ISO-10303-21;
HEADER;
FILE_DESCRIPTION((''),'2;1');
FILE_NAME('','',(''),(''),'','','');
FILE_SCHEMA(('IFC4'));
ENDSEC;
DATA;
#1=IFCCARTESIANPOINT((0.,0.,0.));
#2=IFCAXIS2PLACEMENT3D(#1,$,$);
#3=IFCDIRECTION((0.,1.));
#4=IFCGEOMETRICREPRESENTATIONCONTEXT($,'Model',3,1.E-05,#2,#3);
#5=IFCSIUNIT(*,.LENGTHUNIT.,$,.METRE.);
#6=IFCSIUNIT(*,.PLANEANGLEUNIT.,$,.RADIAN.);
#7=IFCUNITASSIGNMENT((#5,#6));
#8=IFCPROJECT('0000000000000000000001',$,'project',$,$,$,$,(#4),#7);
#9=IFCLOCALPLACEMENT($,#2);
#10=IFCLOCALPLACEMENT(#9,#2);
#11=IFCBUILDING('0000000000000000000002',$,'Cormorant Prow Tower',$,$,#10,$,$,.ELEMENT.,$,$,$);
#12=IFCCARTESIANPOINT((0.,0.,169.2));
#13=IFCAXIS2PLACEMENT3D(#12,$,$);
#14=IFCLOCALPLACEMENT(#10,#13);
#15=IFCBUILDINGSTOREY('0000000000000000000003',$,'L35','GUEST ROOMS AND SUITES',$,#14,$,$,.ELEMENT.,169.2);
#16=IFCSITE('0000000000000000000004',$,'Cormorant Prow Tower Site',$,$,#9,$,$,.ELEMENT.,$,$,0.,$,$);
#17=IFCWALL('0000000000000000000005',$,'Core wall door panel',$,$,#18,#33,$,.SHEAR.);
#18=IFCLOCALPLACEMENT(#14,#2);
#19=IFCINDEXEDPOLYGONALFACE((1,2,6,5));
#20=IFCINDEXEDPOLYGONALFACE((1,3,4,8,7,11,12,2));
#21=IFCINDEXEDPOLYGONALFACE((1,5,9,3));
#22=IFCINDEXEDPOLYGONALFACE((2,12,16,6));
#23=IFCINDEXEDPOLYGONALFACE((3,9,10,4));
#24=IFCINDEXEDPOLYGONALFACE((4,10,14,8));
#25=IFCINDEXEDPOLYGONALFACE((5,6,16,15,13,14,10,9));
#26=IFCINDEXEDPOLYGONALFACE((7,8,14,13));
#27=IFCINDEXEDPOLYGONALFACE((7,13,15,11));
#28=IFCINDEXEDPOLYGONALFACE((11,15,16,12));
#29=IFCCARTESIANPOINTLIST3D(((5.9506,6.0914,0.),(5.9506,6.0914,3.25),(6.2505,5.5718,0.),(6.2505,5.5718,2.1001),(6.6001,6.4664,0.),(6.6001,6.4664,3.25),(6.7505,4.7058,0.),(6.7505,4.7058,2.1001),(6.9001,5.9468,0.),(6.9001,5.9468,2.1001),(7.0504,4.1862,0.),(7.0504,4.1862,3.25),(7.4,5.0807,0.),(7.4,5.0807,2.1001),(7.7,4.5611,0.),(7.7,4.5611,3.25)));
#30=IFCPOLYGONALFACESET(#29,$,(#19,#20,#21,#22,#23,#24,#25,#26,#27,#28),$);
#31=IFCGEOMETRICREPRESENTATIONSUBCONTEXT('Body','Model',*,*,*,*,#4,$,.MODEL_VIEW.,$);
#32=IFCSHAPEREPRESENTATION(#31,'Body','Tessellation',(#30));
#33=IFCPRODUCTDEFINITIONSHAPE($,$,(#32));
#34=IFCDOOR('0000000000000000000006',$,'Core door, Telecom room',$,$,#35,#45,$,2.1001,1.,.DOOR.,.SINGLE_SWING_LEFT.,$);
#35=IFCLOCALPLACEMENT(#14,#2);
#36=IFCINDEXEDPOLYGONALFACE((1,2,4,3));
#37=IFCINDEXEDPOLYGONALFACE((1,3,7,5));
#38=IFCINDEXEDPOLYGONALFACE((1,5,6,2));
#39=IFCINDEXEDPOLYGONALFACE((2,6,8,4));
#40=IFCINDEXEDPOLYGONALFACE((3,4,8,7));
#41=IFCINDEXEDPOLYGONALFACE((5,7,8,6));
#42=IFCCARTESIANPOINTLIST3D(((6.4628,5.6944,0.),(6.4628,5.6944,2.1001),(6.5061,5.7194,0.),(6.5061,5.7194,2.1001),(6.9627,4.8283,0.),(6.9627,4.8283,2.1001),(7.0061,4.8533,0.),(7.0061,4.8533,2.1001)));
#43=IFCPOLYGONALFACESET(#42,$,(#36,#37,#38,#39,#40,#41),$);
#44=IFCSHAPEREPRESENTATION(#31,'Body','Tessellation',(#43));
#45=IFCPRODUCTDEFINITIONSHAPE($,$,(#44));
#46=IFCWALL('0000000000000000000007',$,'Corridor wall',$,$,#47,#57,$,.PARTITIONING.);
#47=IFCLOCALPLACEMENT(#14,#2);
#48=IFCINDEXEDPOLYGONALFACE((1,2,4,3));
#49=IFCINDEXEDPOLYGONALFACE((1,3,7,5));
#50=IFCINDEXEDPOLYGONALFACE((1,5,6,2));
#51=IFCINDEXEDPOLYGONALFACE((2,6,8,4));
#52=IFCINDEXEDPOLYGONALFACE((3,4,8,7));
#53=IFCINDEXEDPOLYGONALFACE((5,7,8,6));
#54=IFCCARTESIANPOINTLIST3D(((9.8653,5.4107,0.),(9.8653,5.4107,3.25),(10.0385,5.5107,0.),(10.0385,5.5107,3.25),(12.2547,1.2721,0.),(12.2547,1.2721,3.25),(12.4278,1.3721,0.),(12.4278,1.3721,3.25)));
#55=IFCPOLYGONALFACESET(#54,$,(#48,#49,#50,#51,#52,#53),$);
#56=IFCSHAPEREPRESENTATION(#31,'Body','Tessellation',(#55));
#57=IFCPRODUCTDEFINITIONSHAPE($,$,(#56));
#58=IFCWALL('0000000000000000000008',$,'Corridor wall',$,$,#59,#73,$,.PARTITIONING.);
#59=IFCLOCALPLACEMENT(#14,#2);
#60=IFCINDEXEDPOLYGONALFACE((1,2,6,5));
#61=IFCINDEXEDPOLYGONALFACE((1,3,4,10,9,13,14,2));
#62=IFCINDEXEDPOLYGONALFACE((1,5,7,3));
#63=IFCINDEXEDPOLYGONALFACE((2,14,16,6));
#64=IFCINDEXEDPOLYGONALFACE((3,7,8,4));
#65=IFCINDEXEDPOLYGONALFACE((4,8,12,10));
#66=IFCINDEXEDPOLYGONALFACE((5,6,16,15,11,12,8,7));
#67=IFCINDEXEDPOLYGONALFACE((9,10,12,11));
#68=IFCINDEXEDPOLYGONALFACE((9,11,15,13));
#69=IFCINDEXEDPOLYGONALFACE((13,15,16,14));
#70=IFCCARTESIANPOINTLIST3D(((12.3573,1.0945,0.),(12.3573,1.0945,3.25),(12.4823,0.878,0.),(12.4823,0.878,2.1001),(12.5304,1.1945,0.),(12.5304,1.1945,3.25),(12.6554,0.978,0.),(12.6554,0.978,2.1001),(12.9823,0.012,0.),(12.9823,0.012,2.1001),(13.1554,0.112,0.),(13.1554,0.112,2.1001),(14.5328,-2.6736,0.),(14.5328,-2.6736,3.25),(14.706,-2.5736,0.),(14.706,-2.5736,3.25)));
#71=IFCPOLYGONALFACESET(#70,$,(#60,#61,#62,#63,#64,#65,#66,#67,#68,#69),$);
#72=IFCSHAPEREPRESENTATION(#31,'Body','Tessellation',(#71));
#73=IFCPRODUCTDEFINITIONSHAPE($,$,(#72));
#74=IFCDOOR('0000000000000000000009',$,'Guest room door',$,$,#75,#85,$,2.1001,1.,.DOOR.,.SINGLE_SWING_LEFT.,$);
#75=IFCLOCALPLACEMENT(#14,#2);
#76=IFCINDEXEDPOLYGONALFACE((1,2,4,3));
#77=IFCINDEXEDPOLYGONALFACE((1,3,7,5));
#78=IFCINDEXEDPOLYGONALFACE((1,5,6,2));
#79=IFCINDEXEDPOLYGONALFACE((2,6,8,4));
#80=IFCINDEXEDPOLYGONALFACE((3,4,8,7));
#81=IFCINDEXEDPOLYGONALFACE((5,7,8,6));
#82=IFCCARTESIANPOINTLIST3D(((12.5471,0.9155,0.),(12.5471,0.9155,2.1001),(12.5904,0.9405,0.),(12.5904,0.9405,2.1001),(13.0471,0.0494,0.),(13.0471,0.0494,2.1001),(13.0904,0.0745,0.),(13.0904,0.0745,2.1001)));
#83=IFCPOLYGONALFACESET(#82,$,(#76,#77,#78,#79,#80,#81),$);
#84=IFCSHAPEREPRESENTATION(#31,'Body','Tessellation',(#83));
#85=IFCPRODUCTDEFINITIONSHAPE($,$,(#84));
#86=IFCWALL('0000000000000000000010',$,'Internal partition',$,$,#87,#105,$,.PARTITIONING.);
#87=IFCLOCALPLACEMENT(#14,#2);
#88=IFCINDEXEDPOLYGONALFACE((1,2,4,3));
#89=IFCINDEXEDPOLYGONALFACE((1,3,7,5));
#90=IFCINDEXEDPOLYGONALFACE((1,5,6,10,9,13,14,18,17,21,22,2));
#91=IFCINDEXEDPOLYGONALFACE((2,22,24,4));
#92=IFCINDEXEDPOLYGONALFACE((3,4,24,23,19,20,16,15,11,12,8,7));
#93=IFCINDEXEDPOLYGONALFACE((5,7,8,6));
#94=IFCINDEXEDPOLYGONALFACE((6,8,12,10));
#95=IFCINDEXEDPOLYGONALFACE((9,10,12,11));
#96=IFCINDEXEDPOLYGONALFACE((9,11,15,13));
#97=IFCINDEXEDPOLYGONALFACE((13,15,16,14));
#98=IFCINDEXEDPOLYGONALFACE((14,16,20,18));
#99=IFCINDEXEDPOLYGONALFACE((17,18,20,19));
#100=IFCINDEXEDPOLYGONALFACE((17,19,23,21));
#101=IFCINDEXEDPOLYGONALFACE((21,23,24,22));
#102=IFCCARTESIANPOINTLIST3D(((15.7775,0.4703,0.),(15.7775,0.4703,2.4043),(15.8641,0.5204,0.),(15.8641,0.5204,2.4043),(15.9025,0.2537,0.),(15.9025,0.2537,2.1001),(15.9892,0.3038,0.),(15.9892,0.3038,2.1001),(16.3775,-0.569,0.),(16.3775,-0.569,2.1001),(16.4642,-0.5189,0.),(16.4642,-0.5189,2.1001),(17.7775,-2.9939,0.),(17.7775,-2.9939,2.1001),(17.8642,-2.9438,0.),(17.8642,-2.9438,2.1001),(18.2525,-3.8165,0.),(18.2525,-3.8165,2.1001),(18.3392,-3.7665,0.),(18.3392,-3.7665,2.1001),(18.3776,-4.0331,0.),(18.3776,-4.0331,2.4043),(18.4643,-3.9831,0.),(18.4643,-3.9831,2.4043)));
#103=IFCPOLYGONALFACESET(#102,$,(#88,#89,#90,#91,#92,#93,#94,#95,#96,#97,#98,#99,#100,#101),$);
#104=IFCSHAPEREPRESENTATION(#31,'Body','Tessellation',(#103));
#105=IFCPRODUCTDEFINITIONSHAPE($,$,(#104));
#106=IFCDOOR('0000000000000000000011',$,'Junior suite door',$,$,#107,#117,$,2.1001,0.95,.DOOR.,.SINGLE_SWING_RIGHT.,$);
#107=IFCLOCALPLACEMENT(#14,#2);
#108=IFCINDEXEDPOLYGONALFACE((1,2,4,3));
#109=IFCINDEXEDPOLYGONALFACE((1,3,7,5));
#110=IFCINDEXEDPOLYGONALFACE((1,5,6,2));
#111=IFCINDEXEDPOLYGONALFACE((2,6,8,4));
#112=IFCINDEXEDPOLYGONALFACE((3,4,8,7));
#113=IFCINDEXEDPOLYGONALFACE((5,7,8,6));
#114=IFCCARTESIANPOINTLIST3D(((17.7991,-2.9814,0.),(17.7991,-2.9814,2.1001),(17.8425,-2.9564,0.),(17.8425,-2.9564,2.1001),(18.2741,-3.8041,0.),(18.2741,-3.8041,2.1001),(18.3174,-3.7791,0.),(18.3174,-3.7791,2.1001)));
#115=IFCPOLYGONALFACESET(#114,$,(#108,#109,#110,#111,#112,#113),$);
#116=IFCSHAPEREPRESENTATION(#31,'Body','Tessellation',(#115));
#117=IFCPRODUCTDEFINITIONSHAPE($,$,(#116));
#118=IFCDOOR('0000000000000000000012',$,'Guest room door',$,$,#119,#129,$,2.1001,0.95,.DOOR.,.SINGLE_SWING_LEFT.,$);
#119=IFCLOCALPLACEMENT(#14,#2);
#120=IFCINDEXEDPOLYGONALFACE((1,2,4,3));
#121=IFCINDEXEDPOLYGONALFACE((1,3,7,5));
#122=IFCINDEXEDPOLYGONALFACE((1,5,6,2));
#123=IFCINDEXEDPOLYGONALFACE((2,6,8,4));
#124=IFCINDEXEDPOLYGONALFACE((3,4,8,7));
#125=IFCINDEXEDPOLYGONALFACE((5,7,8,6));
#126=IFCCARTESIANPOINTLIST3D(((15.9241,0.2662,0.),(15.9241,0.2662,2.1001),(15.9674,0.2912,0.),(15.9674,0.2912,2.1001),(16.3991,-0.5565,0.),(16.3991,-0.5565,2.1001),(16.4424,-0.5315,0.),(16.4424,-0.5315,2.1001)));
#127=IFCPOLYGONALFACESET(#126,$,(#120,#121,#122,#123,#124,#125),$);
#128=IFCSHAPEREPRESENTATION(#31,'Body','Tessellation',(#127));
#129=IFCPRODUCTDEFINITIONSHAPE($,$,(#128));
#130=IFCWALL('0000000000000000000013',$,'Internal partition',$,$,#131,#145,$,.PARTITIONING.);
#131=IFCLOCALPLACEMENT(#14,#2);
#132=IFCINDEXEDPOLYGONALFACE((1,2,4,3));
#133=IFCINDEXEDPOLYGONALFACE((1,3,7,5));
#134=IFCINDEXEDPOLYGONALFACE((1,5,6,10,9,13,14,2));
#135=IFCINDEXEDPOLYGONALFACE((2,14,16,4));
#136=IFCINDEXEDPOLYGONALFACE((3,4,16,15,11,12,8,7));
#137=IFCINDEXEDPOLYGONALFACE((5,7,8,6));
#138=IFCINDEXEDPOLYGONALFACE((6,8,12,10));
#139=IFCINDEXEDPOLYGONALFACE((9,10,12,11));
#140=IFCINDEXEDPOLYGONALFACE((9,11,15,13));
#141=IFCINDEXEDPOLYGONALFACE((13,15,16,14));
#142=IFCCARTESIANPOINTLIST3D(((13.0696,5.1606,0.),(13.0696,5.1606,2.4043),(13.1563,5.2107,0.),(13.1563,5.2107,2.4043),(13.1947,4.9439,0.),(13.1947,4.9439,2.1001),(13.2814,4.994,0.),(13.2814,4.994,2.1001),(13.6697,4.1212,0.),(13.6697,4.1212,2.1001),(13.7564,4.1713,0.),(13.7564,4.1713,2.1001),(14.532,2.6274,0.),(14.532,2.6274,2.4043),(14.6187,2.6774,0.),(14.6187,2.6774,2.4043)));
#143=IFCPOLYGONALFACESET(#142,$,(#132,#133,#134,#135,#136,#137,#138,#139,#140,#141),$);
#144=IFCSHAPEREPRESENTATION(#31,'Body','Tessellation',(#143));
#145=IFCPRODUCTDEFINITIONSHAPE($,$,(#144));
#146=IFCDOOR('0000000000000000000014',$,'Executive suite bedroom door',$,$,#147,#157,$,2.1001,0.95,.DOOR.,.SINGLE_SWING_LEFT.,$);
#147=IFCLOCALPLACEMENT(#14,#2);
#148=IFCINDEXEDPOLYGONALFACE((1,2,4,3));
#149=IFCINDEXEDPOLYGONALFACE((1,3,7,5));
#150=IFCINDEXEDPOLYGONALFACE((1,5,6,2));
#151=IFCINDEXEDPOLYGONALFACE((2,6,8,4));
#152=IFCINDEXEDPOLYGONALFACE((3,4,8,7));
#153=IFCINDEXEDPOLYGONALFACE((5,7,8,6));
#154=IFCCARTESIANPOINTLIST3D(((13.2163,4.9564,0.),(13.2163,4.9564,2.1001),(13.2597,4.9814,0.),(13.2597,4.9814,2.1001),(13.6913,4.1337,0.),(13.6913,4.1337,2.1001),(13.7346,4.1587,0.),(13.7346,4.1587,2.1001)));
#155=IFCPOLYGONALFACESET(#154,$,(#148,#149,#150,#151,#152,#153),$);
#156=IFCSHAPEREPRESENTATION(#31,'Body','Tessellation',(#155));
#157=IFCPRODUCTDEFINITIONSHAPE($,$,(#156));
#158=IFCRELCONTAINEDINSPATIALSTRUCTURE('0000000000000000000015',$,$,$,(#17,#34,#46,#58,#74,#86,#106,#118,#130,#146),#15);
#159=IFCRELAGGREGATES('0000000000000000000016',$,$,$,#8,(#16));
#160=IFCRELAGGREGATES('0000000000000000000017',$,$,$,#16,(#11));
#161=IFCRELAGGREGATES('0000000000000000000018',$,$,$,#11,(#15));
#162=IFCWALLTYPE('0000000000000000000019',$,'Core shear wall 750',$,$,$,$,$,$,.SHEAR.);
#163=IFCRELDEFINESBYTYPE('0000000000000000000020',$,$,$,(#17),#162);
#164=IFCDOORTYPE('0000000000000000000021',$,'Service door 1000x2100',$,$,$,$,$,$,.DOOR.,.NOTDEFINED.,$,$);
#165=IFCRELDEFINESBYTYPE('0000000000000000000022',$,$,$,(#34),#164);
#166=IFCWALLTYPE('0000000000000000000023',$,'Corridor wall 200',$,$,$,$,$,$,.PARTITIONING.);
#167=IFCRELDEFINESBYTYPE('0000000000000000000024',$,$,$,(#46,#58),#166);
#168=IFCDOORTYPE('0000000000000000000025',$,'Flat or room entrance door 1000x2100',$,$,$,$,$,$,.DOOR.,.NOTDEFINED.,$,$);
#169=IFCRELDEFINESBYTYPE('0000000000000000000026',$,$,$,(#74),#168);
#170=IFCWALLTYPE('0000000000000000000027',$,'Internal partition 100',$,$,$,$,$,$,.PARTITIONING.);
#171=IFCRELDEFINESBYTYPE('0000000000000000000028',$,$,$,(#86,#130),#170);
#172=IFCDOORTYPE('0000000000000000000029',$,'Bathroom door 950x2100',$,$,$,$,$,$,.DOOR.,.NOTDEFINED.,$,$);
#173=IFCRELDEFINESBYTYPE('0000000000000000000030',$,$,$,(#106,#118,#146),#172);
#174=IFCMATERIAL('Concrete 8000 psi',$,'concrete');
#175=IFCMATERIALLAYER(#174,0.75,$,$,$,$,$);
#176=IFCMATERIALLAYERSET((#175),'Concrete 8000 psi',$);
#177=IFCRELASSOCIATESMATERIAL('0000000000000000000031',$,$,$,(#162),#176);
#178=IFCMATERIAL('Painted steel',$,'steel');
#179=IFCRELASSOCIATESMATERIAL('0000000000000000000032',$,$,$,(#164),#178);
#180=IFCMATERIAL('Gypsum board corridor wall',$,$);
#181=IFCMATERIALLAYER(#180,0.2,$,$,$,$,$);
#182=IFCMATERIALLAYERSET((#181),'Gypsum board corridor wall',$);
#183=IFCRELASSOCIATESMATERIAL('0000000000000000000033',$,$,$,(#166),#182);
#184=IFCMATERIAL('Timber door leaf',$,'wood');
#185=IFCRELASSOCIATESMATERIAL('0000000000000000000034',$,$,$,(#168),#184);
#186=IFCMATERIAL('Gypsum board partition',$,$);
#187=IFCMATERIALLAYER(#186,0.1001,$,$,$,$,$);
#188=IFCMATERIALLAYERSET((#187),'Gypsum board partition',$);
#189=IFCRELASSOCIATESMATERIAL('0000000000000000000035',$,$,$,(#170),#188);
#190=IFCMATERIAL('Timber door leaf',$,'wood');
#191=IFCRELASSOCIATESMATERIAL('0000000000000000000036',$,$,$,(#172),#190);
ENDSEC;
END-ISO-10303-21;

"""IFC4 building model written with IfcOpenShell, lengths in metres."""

from ifc_helpers import new_model, si_unit, direction, frame, frame_2d, origin, place, context, subcontext, project, spatial, rectangle, extrude, material, layer, layer_set, type_object, element, fill, save


model = new_model("IFC4")

# Units and contexts
model_context = context("Model", 3, precision=1e-05, world=origin(), true_north=direction((0.0, 1.0)))
body_context = subcontext(model_context, "Body", "Model", "MODEL_VIEW")
ifc_project = project(units=[si_unit("LENGTHUNIT", "METRE"), si_unit("PLANEANGLEUNIT", "RADIAN")], contexts=[model_context])

# Site, building, storey
site_placement = place(None, origin())
site = spatial("IfcSite", under=ifc_project, at=site_placement, Name="Cormorant Prow Tower Site", CompositionType="ELEMENT", RefElevation=0.0)
building_placement = place(site_placement, origin())
building = spatial("IfcBuilding", under=site, at=building_placement, Name="Cormorant Prow Tower", CompositionType="ELEMENT")
storey_placement = place(building_placement, frame((0.0, 0.0, 169.2)))
storey = spatial("IfcBuildingStorey", under=building, at=storey_placement, Name="L35", Description="GUEST ROOMS AND SUITES", CompositionType="ELEMENT", Elevation=169.2)

# Shared definitions
ifc_material_1 = material(Name="Concrete 8000 psi", Category="concrete")
ifc_layer_1 = layer(ifc_material_1, 0.75)
ifc_layer_set_1 = layer_set([ifc_layer_1], Name="Concrete 8000 psi")
wall_type_1 = type_object("IfcWallType", Name="Core shear wall 750", PredefinedType="SHEAR", material=ifc_layer_set_1)

# Wall, opening, door
wall_1_placement = place(storey_placement, frame((7.3752, 4.3735, 0.0), z_axis=(0.0, 0.0, 1.0), x_axis=(-0.499947, 0.866056, 0.0)))
wall_1 = element("IfcWall", 1, at=wall_1_placement, inside=storey, type_object=wall_type_1, Name="Core wall door panel", PredefinedType="SHEAR", context=body_context, shape_type="SweptSolid", body=[
    extrude(rectangle(XDim=2.2, YDim=0.75, at=frame_2d((1.1001, 0.0))), origin(), (0.0, 0.0, 1.0), 3.25),
])
opening_1_placement = place(wall_1_placement, frame((0.6001, 0.0, 0.0)))
opening_1 = element("IfcOpeningElement", 2, at=opening_1_placement, cuts=wall_1, PredefinedType="OPENING", context=body_context, shape_type="SweptSolid", body=[
    extrude(rectangle(XDim=1.0, YDim=2.1001, at=frame_2d((0.5, 1.05))), frame((0.0, 0.385, 0.0), z_axis=(0.0, -1.0, 0.0), x_axis=(1.0, 0.0, 0.0)), (0.0, 0.0, 1.0), 0.77),
])
ifc_material_2 = material(Name="Painted steel", Category="steel")
door_type_1 = type_object("IfcDoorType", Name="Service door 1000x2100", OperationType="NOTDEFINED", PredefinedType="DOOR", material=ifc_material_2)
door_1_placement = place(opening_1_placement, origin())
door_1 = element("IfcDoor", 3, at=door_1_placement, inside=storey, type_object=door_type_1, Name="Core door, Telecom room", OperationType="SINGLE_SWING_LEFT", OverallHeight=2.1001, OverallWidth=1.0, PredefinedType="DOOR", context=body_context, shape_type="SweptSolid", body=[
    extrude(rectangle(XDim=1.0, YDim=2.1001, at=frame_2d((0.5, 1.05))), frame((0.0, 0.1299, 0.0), z_axis=(0.0, -1.0, 0.0), x_axis=(1.0, 0.0, 0.0)), (0.0, 0.0, 1.0), 0.05),
])
fill(opening_1, door_1)

# Wall
ifc_material_3 = material(Name="Gypsum board corridor wall")
ifc_layer_2 = layer(ifc_material_3, 0.2)
ifc_layer_set_2 = layer_set([ifc_layer_2], Name="Gypsum board corridor wall")
wall_type_2 = type_object("IfcWallType", Name="Corridor wall 200", PredefinedType="PARTITIONING", material=ifc_layer_set_2)
wall_2_placement = place(storey_placement, frame((9.9519, 5.4607, 0.0), z_axis=(0.0, 0.0, 1.0), x_axis=(0.499991, -0.866031, 0.0)))
element("IfcWall", 4, at=wall_2_placement, inside=storey, type_object=wall_type_2, Name="Corridor wall", PredefinedType="PARTITIONING", context=body_context, shape_type="SweptSolid", body=[
    extrude(rectangle(XDim=4.7788, YDim=0.2, at=frame_2d((2.3894, 0.0))), origin(), (0.0, 0.0, 1.0), 3.25),
])

# Wall, opening, door
wall_3_placement = place(storey_placement, frame((12.4438, 1.1445, 0.0), z_axis=(0.0, 0.0, 1.0), x_axis=(0.500007, -0.866021, 0.0)))
wall_3 = element("IfcWall", 5, at=wall_3_placement, inside=storey, type_object=wall_type_2, Name="Corridor wall", PredefinedType="PARTITIONING", context=body_context, shape_type="SweptSolid", body=[
    extrude(rectangle(XDim=4.3511, YDim=0.2, at=frame_2d((2.1755, 0.0))), origin(), (0.0, 0.0, 1.0), 3.25),
])
opening_2_placement = place(wall_3_placement, frame((0.25, 0.0, 0.0)))
opening_2 = element("IfcOpeningElement", 6, at=opening_2_placement, cuts=wall_3, PredefinedType="OPENING", context=body_context, shape_type="SweptSolid", body=[
    extrude(rectangle(XDim=1.0, YDim=2.1001, at=frame_2d((0.5, 1.05))), frame((0.0, 0.1099, 0.0), z_axis=(0.0, -1.0, 0.0), x_axis=(1.0, 0.0, 0.0)), (0.0, 0.0, 1.0), 0.22),
])
ifc_material_4 = material(Name="Timber door leaf", Category="wood")
door_type_2 = type_object("IfcDoorType", Name="Flat or room entrance door 1000x2100", OperationType="NOTDEFINED", PredefinedType="DOOR", material=ifc_material_4)
door_2_placement = place(opening_2_placement, origin())
door_2 = element("IfcDoor", 7, at=door_2_placement, inside=storey, type_object=door_type_2, Name="Guest room door", OperationType="SINGLE_SWING_LEFT", OverallHeight=2.1001, OverallWidth=1.0, PredefinedType="DOOR", context=body_context, shape_type="SweptSolid", body=[
    extrude(rectangle(XDim=1.0, YDim=2.1001, at=frame_2d((0.5, 1.05))), frame((0.0, 0.0249, 0.0), z_axis=(0.0, -1.0, 0.0), x_axis=(1.0, 0.0, 0.0)), (0.0, 0.0, 1.0), 0.05),
])
fill(opening_2, door_2)

# Wall, openings, doors
ifc_material_5 = material(Name="Gypsum board partition")
ifc_layer_3 = layer(ifc_material_5, 0.1001)
ifc_layer_set_3 = layer_set([ifc_layer_3], Name="Gypsum board partition")
wall_type_3 = type_object("IfcWallType", Name="Internal partition 100", PredefinedType="PARTITIONING", material=ifc_layer_set_3)
wall_4_placement = place(storey_placement, frame((15.8208, 0.4954, 0.0), z_axis=(0.0, 0.0, 1.0), x_axis=(0.500007, -0.866021, 0.0)))
wall_4 = element("IfcWall", 8, at=wall_4_placement, inside=storey, type_object=wall_type_3, Name="Internal partition", PredefinedType="PARTITIONING", context=body_context, shape_type="SweptSolid", body=[
    extrude(rectangle(XDim=5.2002, YDim=0.1001, at=frame_2d((2.6001, 0.0))), origin(), (0.0, 0.0, 1.0), 2.4043),
])
opening_3_placement = place(wall_4_placement, frame((4.0, 0.0, 0.0)))
opening_3 = element("IfcOpeningElement", 9, at=opening_3_placement, cuts=wall_4, PredefinedType="OPENING", context=body_context, shape_type="SweptSolid", body=[
    extrude(rectangle(XDim=0.95, YDim=2.1001, at=frame_2d((0.4751, 1.05))), frame((0.0, 0.0601, 0.0), z_axis=(0.0, -1.0, 0.0), x_axis=(1.0, 0.0, 0.0)), (0.0, 0.0, 1.0), 0.1201),
])
opening_4_placement = place(wall_4_placement, frame((0.25, 0.0, 0.0)))
opening_4 = element("IfcOpeningElement", 10, at=opening_4_placement, cuts=wall_4, PredefinedType="OPENING", context=body_context, shape_type="SweptSolid", body=[
    extrude(rectangle(XDim=0.95, YDim=2.1001, at=frame_2d((0.4751, 1.05))), frame((0.0, 0.0601, 0.0), z_axis=(0.0, -1.0, 0.0), x_axis=(1.0, 0.0, 0.0)), (0.0, 0.0, 1.0), 0.1201),
])
ifc_material_6 = material(Name="Timber door leaf", Category="wood")
door_type_3 = type_object("IfcDoorType", Name="Bathroom door 950x2100", OperationType="NOTDEFINED", PredefinedType="DOOR", material=ifc_material_6)
door_3_placement = place(opening_3_placement, origin())
door_3 = element("IfcDoor", 11, at=door_3_placement, inside=storey, type_object=door_type_3, Name="Junior suite door", OperationType="SINGLE_SWING_RIGHT", OverallHeight=2.1001, OverallWidth=0.95, PredefinedType="DOOR", context=body_context, shape_type="SweptSolid", body=[
    extrude(rectangle(XDim=0.95, YDim=2.1001, at=frame_2d((0.4751, 1.05))), frame((0.0, 0.0249, 0.0), z_axis=(0.0, -1.0, 0.0), x_axis=(1.0, 0.0, 0.0)), (0.0, 0.0, 1.0), 0.05),
])
fill(opening_3, door_3)
door_4_placement = place(opening_4_placement, origin())
door_4 = element("IfcDoor", 12, at=door_4_placement, inside=storey, type_object=door_type_3, Name="Guest room door", OperationType="SINGLE_SWING_LEFT", OverallHeight=2.1001, OverallWidth=0.95, PredefinedType="DOOR", context=body_context, shape_type="SweptSolid", body=[
    extrude(rectangle(XDim=0.95, YDim=2.1001, at=frame_2d((0.4751, 1.05))), frame((0.0, 0.0249, 0.0), z_axis=(0.0, -1.0, 0.0), x_axis=(1.0, 0.0, 0.0)), (0.0, 0.0, 1.0), 0.05),
])
fill(opening_4, door_4)

# Wall, opening, door
wall_5_placement = place(storey_placement, frame((13.113, 5.1855, 0.0), z_axis=(0.0, 0.0, 1.0), x_axis=(0.499963, -0.866047, 0.0)))
wall_5 = element("IfcWall", 13, at=wall_5_placement, inside=storey, type_object=wall_type_3, Name="Internal partition", PredefinedType="PARTITIONING", context=body_context, shape_type="SweptSolid", body=[
    extrude(rectangle(XDim=2.925, YDim=0.1001, at=frame_2d((1.4624, 0.0))), origin(), (0.0, 0.0, 1.0), 2.4043),
])
opening_5_placement = place(wall_5_placement, frame((0.25, 0.0, 0.0)))
opening_5 = element("IfcOpeningElement", 14, at=opening_5_placement, cuts=wall_5, PredefinedType="OPENING", context=body_context, shape_type="SweptSolid", body=[
    extrude(rectangle(XDim=0.95, YDim=2.1001, at=frame_2d((0.4751, 1.05))), frame((0.0, 0.0601, 0.0), z_axis=(0.0, -1.0, 0.0), x_axis=(1.0, 0.0, 0.0)), (0.0, 0.0, 1.0), 0.1201),
])
door_5_placement = place(opening_5_placement, origin())
door_5 = element("IfcDoor", 15, at=door_5_placement, inside=storey, type_object=door_type_3, Name="Executive suite bedroom door", OperationType="SINGLE_SWING_LEFT", OverallHeight=2.1001, OverallWidth=0.95, PredefinedType="DOOR", context=body_context, shape_type="SweptSolid", body=[
    extrude(rectangle(XDim=0.95, YDim=2.1001, at=frame_2d((0.4751, 1.05))), frame((0.0, 0.0249, 0.0), z_axis=(0.0, -1.0, 0.0), x_axis=(1.0, 0.0, 0.0)), (0.0, 0.0, 1.0), 0.05),
])
fill(opening_5, door_5)

save(model, "model.ifc")
